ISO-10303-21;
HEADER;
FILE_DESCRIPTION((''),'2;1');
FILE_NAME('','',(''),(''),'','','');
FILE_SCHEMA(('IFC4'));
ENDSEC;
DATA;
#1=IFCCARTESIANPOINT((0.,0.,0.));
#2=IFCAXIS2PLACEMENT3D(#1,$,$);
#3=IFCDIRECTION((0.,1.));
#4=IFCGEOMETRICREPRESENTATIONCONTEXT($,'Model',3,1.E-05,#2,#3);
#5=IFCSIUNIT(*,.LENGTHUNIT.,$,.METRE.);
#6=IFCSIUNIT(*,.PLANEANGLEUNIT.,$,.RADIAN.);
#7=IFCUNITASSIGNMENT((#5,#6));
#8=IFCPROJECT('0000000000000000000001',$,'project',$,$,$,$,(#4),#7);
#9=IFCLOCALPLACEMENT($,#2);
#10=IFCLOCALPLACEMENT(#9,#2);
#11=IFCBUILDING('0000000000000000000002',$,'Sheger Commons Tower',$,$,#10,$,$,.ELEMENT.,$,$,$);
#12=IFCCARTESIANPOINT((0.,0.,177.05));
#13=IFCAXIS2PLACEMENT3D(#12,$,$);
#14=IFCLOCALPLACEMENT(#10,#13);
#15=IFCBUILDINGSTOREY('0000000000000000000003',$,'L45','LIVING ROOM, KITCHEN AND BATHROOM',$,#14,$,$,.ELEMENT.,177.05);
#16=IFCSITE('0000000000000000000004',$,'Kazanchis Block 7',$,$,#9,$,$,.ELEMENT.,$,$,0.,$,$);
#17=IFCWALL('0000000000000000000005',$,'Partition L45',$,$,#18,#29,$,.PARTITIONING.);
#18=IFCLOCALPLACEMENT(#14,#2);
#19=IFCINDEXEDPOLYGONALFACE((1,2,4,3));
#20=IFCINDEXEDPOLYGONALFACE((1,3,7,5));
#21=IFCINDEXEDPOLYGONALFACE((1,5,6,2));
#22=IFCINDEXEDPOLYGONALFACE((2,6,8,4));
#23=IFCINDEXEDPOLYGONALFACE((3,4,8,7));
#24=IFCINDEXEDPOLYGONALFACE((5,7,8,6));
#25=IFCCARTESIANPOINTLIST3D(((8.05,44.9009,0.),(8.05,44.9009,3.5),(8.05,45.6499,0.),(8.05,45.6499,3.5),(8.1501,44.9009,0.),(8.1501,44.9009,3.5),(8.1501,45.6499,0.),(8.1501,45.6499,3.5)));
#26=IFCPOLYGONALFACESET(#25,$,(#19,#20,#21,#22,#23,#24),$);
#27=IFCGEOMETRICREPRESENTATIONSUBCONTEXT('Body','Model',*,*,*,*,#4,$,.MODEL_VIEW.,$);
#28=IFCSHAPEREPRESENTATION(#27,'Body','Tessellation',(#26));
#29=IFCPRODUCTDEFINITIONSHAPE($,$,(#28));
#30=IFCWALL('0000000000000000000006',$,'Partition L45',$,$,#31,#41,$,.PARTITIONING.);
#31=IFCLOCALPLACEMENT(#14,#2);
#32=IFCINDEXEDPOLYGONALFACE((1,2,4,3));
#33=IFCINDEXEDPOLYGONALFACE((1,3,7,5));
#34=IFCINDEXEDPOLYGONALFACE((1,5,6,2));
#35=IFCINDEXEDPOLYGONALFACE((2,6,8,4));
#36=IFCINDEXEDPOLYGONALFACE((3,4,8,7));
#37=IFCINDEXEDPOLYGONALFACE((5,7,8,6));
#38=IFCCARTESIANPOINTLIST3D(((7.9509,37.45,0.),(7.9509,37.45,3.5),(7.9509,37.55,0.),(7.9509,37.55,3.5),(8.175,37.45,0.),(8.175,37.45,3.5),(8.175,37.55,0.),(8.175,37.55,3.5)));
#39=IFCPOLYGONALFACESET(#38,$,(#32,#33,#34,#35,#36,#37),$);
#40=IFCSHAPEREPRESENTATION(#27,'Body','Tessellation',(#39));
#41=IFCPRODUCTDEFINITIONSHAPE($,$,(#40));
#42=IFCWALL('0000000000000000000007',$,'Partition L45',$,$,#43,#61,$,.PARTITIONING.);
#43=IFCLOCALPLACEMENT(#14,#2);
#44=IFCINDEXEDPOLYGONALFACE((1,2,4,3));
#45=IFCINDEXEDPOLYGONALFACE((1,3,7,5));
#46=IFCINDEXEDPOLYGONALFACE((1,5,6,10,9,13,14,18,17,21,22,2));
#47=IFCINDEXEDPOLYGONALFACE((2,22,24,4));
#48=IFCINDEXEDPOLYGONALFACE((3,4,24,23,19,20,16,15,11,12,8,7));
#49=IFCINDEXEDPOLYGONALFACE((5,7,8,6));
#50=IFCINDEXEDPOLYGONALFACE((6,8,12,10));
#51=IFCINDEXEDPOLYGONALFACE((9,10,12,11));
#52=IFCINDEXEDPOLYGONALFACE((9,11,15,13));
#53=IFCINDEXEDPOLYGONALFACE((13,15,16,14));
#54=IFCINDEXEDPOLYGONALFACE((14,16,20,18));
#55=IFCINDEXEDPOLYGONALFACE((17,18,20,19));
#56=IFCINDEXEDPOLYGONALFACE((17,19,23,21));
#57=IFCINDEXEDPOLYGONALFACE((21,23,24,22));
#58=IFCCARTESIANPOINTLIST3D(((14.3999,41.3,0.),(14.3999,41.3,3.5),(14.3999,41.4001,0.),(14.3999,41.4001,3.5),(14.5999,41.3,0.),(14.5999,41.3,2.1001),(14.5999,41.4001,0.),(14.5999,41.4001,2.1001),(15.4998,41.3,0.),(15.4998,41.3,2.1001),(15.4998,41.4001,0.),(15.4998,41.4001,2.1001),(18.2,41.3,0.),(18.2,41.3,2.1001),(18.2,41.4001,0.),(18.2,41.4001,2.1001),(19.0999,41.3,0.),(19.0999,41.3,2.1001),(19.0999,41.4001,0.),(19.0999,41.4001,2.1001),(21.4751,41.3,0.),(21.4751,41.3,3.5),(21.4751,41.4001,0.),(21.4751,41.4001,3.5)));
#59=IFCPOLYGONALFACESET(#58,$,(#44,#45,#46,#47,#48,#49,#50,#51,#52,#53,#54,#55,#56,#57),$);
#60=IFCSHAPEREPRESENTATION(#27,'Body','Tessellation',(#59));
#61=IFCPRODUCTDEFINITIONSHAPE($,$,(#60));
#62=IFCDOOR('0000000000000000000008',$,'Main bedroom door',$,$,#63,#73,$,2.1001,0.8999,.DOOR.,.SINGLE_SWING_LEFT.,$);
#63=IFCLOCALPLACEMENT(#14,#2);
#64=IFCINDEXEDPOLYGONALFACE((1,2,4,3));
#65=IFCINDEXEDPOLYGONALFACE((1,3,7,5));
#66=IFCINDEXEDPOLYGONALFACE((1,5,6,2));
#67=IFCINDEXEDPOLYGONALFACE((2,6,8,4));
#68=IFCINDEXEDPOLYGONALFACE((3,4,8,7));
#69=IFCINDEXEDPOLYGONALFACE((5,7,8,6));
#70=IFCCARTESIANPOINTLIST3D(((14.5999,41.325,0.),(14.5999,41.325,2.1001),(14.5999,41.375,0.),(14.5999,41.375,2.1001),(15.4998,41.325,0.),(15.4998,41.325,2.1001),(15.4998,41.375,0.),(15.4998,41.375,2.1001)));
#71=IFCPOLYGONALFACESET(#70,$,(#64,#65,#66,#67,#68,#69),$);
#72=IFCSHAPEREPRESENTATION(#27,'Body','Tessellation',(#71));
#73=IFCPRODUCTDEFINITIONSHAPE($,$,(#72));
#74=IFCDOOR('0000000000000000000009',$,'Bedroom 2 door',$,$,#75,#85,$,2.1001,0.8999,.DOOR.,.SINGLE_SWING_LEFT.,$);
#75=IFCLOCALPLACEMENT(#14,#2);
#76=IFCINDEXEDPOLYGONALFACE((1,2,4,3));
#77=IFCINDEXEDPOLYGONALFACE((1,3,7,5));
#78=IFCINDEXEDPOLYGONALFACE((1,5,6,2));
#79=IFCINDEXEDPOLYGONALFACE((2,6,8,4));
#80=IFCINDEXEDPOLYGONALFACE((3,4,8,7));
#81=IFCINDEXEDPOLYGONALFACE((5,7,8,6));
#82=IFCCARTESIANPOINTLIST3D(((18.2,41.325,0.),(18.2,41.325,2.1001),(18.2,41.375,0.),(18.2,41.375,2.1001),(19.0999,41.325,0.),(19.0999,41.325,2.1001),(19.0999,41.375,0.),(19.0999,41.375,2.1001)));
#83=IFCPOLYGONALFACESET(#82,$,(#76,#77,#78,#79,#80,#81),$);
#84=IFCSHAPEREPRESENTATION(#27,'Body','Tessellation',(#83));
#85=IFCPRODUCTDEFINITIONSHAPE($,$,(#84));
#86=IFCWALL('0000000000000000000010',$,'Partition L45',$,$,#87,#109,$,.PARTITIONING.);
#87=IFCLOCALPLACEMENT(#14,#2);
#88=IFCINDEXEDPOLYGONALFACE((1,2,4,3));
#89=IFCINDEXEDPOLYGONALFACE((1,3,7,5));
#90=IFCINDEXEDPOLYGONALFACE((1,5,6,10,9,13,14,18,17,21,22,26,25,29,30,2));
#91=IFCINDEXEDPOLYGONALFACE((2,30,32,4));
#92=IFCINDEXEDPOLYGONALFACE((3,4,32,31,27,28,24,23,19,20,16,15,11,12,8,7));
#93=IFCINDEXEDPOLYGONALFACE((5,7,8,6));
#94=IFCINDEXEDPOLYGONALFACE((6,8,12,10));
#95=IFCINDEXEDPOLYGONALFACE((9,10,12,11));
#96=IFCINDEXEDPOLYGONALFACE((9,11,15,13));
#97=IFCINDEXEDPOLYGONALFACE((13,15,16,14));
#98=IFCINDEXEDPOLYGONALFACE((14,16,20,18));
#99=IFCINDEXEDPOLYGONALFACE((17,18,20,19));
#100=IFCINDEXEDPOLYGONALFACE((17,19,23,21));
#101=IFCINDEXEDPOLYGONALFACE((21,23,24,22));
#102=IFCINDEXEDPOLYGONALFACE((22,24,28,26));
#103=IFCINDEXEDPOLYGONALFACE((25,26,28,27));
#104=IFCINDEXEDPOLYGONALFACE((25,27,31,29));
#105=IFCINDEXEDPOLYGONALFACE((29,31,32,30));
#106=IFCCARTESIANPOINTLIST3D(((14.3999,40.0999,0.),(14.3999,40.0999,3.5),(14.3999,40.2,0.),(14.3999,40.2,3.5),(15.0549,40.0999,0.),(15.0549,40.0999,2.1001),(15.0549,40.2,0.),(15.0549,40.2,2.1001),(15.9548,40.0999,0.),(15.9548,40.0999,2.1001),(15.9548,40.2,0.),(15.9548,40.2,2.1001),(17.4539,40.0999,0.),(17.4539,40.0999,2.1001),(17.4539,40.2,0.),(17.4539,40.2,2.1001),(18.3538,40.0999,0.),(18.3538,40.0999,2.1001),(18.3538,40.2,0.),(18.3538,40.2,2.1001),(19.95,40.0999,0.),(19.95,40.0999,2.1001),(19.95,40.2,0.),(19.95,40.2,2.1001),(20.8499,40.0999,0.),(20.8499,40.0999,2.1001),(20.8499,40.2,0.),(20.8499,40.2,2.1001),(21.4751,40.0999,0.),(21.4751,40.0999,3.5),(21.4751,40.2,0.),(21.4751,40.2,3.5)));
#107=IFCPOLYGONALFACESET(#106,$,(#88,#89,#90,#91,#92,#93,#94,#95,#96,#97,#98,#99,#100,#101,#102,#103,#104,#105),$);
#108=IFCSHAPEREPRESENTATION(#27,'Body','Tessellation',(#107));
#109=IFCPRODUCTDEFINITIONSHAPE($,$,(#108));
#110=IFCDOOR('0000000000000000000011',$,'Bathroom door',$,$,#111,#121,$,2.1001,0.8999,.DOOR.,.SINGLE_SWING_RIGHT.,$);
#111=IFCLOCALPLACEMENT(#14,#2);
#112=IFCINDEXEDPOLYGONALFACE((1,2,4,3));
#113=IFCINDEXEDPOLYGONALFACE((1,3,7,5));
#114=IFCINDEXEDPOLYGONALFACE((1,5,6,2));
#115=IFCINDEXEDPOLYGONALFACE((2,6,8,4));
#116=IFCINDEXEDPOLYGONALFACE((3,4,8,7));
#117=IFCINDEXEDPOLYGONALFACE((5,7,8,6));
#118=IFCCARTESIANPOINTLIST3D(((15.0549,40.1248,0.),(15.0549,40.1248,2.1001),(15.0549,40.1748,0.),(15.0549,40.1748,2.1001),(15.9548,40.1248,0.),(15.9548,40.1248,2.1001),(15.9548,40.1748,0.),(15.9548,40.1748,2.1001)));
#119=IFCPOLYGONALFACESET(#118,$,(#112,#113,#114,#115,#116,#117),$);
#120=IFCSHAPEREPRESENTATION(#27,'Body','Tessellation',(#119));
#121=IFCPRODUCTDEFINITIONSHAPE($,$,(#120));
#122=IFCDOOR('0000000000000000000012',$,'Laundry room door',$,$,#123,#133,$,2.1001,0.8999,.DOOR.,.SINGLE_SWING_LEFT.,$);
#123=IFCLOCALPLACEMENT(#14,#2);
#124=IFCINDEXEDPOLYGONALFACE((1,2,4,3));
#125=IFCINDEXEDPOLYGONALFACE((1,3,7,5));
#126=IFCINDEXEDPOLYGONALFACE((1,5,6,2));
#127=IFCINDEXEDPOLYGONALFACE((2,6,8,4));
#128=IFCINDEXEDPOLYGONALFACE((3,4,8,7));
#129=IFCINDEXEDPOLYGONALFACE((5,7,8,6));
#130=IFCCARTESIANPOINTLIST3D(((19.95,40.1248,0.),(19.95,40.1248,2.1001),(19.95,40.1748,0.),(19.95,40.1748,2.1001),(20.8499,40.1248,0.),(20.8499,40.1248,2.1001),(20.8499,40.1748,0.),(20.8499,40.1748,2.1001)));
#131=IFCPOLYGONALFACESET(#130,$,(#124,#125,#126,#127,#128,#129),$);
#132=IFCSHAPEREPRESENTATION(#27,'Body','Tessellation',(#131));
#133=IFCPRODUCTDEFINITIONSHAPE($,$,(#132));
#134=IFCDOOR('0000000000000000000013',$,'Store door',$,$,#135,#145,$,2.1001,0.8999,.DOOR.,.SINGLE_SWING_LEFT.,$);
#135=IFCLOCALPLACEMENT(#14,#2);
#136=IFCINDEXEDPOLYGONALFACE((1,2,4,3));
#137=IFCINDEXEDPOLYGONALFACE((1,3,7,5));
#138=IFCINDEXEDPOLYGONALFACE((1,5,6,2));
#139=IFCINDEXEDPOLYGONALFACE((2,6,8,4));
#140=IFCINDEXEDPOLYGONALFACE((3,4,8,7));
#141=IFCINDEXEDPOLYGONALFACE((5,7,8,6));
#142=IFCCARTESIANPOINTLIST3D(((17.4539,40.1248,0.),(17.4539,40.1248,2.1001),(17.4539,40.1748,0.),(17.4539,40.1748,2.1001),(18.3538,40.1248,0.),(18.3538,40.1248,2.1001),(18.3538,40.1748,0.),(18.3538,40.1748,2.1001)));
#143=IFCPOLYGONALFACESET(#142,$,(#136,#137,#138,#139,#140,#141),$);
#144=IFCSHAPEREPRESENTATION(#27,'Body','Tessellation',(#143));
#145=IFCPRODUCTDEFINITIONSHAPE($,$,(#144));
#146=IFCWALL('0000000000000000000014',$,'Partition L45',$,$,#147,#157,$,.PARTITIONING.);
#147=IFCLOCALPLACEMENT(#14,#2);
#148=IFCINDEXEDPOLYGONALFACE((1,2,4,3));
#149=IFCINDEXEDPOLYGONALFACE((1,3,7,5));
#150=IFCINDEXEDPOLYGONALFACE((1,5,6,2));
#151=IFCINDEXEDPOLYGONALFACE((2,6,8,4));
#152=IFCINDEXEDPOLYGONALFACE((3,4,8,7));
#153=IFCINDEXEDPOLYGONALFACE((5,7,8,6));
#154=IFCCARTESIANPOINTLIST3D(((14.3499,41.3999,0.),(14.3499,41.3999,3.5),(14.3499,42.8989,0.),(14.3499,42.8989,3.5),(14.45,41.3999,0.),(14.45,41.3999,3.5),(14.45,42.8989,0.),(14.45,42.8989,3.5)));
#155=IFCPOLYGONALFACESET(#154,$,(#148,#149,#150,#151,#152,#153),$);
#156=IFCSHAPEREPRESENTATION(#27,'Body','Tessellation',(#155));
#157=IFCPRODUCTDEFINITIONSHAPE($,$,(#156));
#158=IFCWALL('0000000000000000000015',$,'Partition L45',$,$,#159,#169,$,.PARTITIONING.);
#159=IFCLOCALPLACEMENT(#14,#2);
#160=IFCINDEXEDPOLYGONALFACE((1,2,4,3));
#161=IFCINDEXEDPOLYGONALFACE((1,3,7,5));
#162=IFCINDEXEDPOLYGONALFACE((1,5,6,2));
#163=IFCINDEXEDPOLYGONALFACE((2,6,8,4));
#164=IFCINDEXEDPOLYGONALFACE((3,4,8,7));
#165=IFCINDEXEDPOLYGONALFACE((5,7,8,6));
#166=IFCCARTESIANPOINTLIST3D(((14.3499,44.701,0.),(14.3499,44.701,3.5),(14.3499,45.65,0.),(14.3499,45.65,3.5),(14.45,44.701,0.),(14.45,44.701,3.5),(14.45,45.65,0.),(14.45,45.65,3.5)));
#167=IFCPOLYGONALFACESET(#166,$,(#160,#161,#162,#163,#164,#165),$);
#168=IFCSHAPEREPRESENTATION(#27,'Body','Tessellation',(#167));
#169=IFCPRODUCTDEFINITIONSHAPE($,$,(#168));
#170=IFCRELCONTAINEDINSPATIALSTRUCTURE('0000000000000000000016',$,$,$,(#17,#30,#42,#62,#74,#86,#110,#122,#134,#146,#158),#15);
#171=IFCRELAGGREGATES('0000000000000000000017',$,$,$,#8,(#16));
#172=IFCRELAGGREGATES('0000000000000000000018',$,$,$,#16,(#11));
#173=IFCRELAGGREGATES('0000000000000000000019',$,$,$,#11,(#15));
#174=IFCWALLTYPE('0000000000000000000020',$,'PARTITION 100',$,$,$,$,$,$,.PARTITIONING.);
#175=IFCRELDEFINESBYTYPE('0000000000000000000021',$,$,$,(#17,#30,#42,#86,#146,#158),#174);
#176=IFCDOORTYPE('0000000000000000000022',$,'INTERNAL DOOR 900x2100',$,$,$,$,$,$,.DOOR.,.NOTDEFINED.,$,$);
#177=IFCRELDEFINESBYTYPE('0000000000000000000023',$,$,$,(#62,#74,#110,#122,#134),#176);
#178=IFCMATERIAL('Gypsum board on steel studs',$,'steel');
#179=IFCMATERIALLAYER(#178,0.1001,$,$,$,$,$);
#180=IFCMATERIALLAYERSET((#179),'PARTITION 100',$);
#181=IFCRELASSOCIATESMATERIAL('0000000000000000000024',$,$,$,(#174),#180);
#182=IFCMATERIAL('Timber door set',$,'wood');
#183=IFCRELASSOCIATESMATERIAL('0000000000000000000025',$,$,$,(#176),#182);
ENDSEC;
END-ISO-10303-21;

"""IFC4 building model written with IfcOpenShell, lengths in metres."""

from ifc_helpers import new_model, si_unit, direction, frame, frame_2d, origin, place, context, subcontext, project, spatial, rectangle, extrude, material, layer, layer_set, type_object, element, fill, save


model = new_model("IFC4")

# Units and contexts
model_context = context("Model", 3, precision=1e-05, world=origin(), true_north=direction((0.0, 1.0)))
body_context = subcontext(model_context, "Body", "Model", "MODEL_VIEW")
ifc_project = project(units=[si_unit("LENGTHUNIT", "METRE"), si_unit("PLANEANGLEUNIT", "RADIAN")], contexts=[model_context])

# Site, building, storey
site_placement = place(None, origin())
site = spatial("IfcSite", under=ifc_project, at=site_placement, Name="Kazanchis Block 7", CompositionType="ELEMENT", RefElevation=0.0)
building_placement = place(site_placement, origin())
building = spatial("IfcBuilding", under=site, at=building_placement, Name="Sheger Commons Tower", CompositionType="ELEMENT")
storey_placement = place(building_placement, frame((0.0, 0.0, 177.05)))
storey = spatial("IfcBuildingStorey", under=building, at=storey_placement, Name="L45", Description="LIVING ROOM, KITCHEN AND BATHROOM", CompositionType="ELEMENT", Elevation=177.05)

# Walls
ifc_material_1 = material(Name="Gypsum board on steel studs", Category="steel")
ifc_layer_1 = layer(ifc_material_1, 0.1001)
ifc_layer_set_1 = layer_set([ifc_layer_1], Name="PARTITION 100")
wall_type_1 = type_object("IfcWallType", Name="PARTITION 100", PredefinedType="PARTITIONING", material=ifc_layer_set_1)
wall_1_placement = place(storey_placement, frame((8.1001, 45.6499, 0.0), z_axis=(0.0, 0.0, 1.0), x_axis=(0.0, -1.0, 0.0)))
element("IfcWall", 1, at=wall_1_placement, inside=storey, type_object=wall_type_1, Name="Partition L45", PredefinedType="PARTITIONING", context=body_context, shape_type="SweptSolid", body=[
    extrude(rectangle(XDim=0.749, YDim=0.1001, at=frame_2d((0.3745, 0.0))), origin(), (0.0, 0.0, 1.0), 3.5),
])
wall_2_placement = place(storey_placement, frame((7.9509, 37.5, 0.0), z_axis=(0.0, 0.0, 1.0), x_axis=(1.0, 0.0, 0.0)))
element("IfcWall", 2, at=wall_2_placement, inside=storey, type_object=wall_type_1, Name="Partition L45", PredefinedType="PARTITIONING", context=body_context, shape_type="SweptSolid", body=[
    extrude(rectangle(XDim=0.2241, YDim=0.1001, at=frame_2d((0.1121, 0.0))), origin(), (0.0, 0.0, 1.0), 3.5),
])

# Walls, openings, doors
wall_3_placement = place(storey_placement, frame((14.3999, 41.3501, 0.0), z_axis=(0.0, 0.0, 1.0), x_axis=(1.0, 0.0, 0.0)))
wall_3 = element("IfcWall", 3, at=wall_3_placement, inside=storey, type_object=wall_type_1, Name="Partition L45", PredefinedType="PARTITIONING", context=body_context, shape_type="SweptSolid", body=[
    extrude(rectangle(XDim=7.0752, YDim=0.1001, at=frame_2d((3.5376, 0.0))), origin(), (0.0, 0.0, 1.0), 3.5),
])
opening_1_placement = place(wall_3_placement, frame((0.2, 0.0, 0.0)))
opening_1 = element("IfcOpeningElement", 4, at=opening_1_placement, cuts=wall_3, PredefinedType="OPENING", context=body_context, shape_type="SweptSolid", body=[
    extrude(rectangle(XDim=0.8999, YDim=2.1001, at=frame_2d((0.45, 1.05))), frame((0.0, 0.0601, 0.0), z_axis=(0.0, -1.0, 0.0), x_axis=(1.0, 0.0, 0.0)), (0.0, 0.0, 1.0), 0.1201),
])
opening_2_placement = place(wall_3_placement, frame((3.8, 0.0, 0.0)))
opening_2 = element("IfcOpeningElement", 5, at=opening_2_placement, cuts=wall_3, PredefinedType="OPENING", context=body_context, shape_type="SweptSolid", body=[
    extrude(rectangle(XDim=0.8999, YDim=2.1001, at=frame_2d((0.45, 1.05))), frame((0.0, 0.0601, 0.0), z_axis=(0.0, -1.0, 0.0), x_axis=(1.0, 0.0, 0.0)), (0.0, 0.0, 1.0), 0.1201),
])
ifc_material_2 = material(Name="Timber door set", Category="wood")
door_type_1 = type_object("IfcDoorType", Name="INTERNAL DOOR 900x2100", OperationType="NOTDEFINED", PredefinedType="DOOR", material=ifc_material_2)
door_1_placement = place(opening_1_placement, origin())
door_1 = element("IfcDoor", 6, at=door_1_placement, inside=storey, type_object=door_type_1, Name="Main bedroom door", OperationType="SINGLE_SWING_LEFT", OverallHeight=2.1001, OverallWidth=0.8999, PredefinedType="DOOR", context=body_context, shape_type="SweptSolid", body=[
    extrude(rectangle(XDim=0.8999, YDim=2.1001, at=frame_2d((0.45, 1.05))), frame((0.0, 0.0249, 0.0), z_axis=(0.0, -1.0, 0.0), x_axis=(1.0, 0.0, 0.0)), (0.0, 0.0, 1.0), 0.05),
])
fill(opening_1, door_1)
door_2_placement = place(opening_2_placement, origin())
door_2 = element("IfcDoor", 7, at=door_2_placement, inside=storey, type_object=door_type_1, Name="Bedroom 2 door", OperationType="SINGLE_SWING_LEFT", OverallHeight=2.1001, OverallWidth=0.8999, PredefinedType="DOOR", context=body_context, shape_type="SweptSolid", body=[
    extrude(rectangle(XDim=0.8999, YDim=2.1001, at=frame_2d((0.45, 1.05))), frame((0.0, 0.0249, 0.0), z_axis=(0.0, -1.0, 0.0), x_axis=(1.0, 0.0, 0.0)), (0.0, 0.0, 1.0), 0.05),
])
fill(opening_2, door_2)
wall_4_placement = place(storey_placement, frame((14.3999, 40.1499, 0.0), z_axis=(0.0, 0.0, 1.0), x_axis=(1.0, 0.0, 0.0)))
wall_4 = element("IfcWall", 8, at=wall_4_placement, inside=storey, type_object=wall_type_1, Name="Partition L45", PredefinedType="PARTITIONING", context=body_context, shape_type="SweptSolid", body=[
    extrude(rectangle(XDim=7.0752, YDim=0.1001, at=frame_2d((3.5376, 0.0))), origin(), (0.0, 0.0, 1.0), 3.5),
])
opening_3_placement = place(wall_4_placement, frame((0.655, 0.0, 0.0)))
opening_3 = element("IfcOpeningElement", 9, at=opening_3_placement, cuts=wall_4, PredefinedType="OPENING", context=body_context, shape_type="SweptSolid", body=[
    extrude(rectangle(XDim=0.8999, YDim=2.1001, at=frame_2d((0.45, 1.05))), frame((0.0, 0.0601, 0.0), z_axis=(0.0, -1.0, 0.0), x_axis=(1.0, 0.0, 0.0)), (0.0, 0.0, 1.0), 0.1201),
])
opening_4_placement = place(wall_4_placement, frame((5.55, 0.0, 0.0)))
opening_4 = element("IfcOpeningElement", 10, at=opening_4_placement, cuts=wall_4, PredefinedType="OPENING", context=body_context, shape_type="SweptSolid", body=[
    extrude(rectangle(XDim=0.8999, YDim=2.1001, at=frame_2d((0.45, 1.05))), frame((0.0, 0.0601, 0.0), z_axis=(0.0, -1.0, 0.0), x_axis=(1.0, 0.0, 0.0)), (0.0, 0.0, 1.0), 0.1201),
])
opening_5_placement = place(wall_4_placement, frame((3.054, 0.0, 0.0)))
opening_5 = element("IfcOpeningElement", 11, at=opening_5_placement, cuts=wall_4, PredefinedType="OPENING", context=body_context, shape_type="SweptSolid", body=[
    extrude(rectangle(XDim=0.8999, YDim=2.1001, at=frame_2d((0.45, 1.05))), frame((0.0, 0.0601, 0.0), z_axis=(0.0, -1.0, 0.0), x_axis=(1.0, 0.0, 0.0)), (0.0, 0.0, 1.0), 0.1201),
])
door_3_placement = place(opening_3_placement, origin())
door_3 = element("IfcDoor", 12, at=door_3_placement, inside=storey, type_object=door_type_1, Name="Bathroom door", OperationType="SINGLE_SWING_RIGHT", OverallHeight=2.1001, OverallWidth=0.8999, PredefinedType="DOOR", context=body_context, shape_type="SweptSolid", body=[
    extrude(rectangle(XDim=0.8999, YDim=2.1001, at=frame_2d((0.45, 1.05))), frame((0.0, 0.0249, 0.0), z_axis=(0.0, -1.0, 0.0), x_axis=(1.0, 0.0, 0.0)), (0.0, 0.0, 1.0), 0.05),
])
fill(opening_3, door_3)
door_4_placement = place(opening_4_placement, origin())
door_4 = element("IfcDoor", 13, at=door_4_placement, inside=storey, type_object=door_type_1, Name="Laundry room door", OperationType="SINGLE_SWING_LEFT", OverallHeight=2.1001, OverallWidth=0.8999, PredefinedType="DOOR", context=body_context, shape_type="SweptSolid", body=[
    extrude(rectangle(XDim=0.8999, YDim=2.1001, at=frame_2d((0.45, 1.05))), frame((0.0, 0.0249, 0.0), z_axis=(0.0, -1.0, 0.0), x_axis=(1.0, 0.0, 0.0)), (0.0, 0.0, 1.0), 0.05),
])
fill(opening_4, door_4)
door_5_placement = place(opening_5_placement, origin())
door_5 = element("IfcDoor", 14, at=door_5_placement, inside=storey, type_object=door_type_1, Name="Store door", OperationType="SINGLE_SWING_LEFT", OverallHeight=2.1001, OverallWidth=0.8999, PredefinedType="DOOR", context=body_context, shape_type="SweptSolid", body=[
    extrude(rectangle(XDim=0.8999, YDim=2.1001, at=frame_2d((0.45, 1.05))), frame((0.0, 0.0249, 0.0), z_axis=(0.0, -1.0, 0.0), x_axis=(1.0, 0.0, 0.0)), (0.0, 0.0, 1.0), 0.05),
])
fill(opening_5, door_5)

# Walls
wall_5_placement = place(storey_placement, frame((14.3999, 41.3999, 0.0), z_axis=(0.0, 0.0, 1.0), x_axis=(0.0, 1.0, 0.0)))
element("IfcWall", 15, at=wall_5_placement, inside=storey, type_object=wall_type_1, Name="Partition L45", PredefinedType="PARTITIONING", context=body_context, shape_type="SweptSolid", body=[
    extrude(rectangle(XDim=1.499, YDim=0.1001, at=frame_2d((0.7495, 0.0))), origin(), (0.0, 0.0, 1.0), 3.5),
])
wall_6_placement = place(storey_placement, frame((14.3999, 44.7009, 0.0), z_axis=(0.0, 0.0, 1.0), x_axis=(0.0, 1.0, 0.0)))
element("IfcWall", 16, at=wall_6_placement, inside=storey, type_object=wall_type_1, Name="Partition L45", PredefinedType="PARTITIONING", context=body_context, shape_type="SweptSolid", body=[
    extrude(rectangle(XDim=0.949, YDim=0.1001, at=frame_2d((0.4746, 0.0))), origin(), (0.0, 0.0, 1.0), 3.5),
])

save(model, "model.ifc")
